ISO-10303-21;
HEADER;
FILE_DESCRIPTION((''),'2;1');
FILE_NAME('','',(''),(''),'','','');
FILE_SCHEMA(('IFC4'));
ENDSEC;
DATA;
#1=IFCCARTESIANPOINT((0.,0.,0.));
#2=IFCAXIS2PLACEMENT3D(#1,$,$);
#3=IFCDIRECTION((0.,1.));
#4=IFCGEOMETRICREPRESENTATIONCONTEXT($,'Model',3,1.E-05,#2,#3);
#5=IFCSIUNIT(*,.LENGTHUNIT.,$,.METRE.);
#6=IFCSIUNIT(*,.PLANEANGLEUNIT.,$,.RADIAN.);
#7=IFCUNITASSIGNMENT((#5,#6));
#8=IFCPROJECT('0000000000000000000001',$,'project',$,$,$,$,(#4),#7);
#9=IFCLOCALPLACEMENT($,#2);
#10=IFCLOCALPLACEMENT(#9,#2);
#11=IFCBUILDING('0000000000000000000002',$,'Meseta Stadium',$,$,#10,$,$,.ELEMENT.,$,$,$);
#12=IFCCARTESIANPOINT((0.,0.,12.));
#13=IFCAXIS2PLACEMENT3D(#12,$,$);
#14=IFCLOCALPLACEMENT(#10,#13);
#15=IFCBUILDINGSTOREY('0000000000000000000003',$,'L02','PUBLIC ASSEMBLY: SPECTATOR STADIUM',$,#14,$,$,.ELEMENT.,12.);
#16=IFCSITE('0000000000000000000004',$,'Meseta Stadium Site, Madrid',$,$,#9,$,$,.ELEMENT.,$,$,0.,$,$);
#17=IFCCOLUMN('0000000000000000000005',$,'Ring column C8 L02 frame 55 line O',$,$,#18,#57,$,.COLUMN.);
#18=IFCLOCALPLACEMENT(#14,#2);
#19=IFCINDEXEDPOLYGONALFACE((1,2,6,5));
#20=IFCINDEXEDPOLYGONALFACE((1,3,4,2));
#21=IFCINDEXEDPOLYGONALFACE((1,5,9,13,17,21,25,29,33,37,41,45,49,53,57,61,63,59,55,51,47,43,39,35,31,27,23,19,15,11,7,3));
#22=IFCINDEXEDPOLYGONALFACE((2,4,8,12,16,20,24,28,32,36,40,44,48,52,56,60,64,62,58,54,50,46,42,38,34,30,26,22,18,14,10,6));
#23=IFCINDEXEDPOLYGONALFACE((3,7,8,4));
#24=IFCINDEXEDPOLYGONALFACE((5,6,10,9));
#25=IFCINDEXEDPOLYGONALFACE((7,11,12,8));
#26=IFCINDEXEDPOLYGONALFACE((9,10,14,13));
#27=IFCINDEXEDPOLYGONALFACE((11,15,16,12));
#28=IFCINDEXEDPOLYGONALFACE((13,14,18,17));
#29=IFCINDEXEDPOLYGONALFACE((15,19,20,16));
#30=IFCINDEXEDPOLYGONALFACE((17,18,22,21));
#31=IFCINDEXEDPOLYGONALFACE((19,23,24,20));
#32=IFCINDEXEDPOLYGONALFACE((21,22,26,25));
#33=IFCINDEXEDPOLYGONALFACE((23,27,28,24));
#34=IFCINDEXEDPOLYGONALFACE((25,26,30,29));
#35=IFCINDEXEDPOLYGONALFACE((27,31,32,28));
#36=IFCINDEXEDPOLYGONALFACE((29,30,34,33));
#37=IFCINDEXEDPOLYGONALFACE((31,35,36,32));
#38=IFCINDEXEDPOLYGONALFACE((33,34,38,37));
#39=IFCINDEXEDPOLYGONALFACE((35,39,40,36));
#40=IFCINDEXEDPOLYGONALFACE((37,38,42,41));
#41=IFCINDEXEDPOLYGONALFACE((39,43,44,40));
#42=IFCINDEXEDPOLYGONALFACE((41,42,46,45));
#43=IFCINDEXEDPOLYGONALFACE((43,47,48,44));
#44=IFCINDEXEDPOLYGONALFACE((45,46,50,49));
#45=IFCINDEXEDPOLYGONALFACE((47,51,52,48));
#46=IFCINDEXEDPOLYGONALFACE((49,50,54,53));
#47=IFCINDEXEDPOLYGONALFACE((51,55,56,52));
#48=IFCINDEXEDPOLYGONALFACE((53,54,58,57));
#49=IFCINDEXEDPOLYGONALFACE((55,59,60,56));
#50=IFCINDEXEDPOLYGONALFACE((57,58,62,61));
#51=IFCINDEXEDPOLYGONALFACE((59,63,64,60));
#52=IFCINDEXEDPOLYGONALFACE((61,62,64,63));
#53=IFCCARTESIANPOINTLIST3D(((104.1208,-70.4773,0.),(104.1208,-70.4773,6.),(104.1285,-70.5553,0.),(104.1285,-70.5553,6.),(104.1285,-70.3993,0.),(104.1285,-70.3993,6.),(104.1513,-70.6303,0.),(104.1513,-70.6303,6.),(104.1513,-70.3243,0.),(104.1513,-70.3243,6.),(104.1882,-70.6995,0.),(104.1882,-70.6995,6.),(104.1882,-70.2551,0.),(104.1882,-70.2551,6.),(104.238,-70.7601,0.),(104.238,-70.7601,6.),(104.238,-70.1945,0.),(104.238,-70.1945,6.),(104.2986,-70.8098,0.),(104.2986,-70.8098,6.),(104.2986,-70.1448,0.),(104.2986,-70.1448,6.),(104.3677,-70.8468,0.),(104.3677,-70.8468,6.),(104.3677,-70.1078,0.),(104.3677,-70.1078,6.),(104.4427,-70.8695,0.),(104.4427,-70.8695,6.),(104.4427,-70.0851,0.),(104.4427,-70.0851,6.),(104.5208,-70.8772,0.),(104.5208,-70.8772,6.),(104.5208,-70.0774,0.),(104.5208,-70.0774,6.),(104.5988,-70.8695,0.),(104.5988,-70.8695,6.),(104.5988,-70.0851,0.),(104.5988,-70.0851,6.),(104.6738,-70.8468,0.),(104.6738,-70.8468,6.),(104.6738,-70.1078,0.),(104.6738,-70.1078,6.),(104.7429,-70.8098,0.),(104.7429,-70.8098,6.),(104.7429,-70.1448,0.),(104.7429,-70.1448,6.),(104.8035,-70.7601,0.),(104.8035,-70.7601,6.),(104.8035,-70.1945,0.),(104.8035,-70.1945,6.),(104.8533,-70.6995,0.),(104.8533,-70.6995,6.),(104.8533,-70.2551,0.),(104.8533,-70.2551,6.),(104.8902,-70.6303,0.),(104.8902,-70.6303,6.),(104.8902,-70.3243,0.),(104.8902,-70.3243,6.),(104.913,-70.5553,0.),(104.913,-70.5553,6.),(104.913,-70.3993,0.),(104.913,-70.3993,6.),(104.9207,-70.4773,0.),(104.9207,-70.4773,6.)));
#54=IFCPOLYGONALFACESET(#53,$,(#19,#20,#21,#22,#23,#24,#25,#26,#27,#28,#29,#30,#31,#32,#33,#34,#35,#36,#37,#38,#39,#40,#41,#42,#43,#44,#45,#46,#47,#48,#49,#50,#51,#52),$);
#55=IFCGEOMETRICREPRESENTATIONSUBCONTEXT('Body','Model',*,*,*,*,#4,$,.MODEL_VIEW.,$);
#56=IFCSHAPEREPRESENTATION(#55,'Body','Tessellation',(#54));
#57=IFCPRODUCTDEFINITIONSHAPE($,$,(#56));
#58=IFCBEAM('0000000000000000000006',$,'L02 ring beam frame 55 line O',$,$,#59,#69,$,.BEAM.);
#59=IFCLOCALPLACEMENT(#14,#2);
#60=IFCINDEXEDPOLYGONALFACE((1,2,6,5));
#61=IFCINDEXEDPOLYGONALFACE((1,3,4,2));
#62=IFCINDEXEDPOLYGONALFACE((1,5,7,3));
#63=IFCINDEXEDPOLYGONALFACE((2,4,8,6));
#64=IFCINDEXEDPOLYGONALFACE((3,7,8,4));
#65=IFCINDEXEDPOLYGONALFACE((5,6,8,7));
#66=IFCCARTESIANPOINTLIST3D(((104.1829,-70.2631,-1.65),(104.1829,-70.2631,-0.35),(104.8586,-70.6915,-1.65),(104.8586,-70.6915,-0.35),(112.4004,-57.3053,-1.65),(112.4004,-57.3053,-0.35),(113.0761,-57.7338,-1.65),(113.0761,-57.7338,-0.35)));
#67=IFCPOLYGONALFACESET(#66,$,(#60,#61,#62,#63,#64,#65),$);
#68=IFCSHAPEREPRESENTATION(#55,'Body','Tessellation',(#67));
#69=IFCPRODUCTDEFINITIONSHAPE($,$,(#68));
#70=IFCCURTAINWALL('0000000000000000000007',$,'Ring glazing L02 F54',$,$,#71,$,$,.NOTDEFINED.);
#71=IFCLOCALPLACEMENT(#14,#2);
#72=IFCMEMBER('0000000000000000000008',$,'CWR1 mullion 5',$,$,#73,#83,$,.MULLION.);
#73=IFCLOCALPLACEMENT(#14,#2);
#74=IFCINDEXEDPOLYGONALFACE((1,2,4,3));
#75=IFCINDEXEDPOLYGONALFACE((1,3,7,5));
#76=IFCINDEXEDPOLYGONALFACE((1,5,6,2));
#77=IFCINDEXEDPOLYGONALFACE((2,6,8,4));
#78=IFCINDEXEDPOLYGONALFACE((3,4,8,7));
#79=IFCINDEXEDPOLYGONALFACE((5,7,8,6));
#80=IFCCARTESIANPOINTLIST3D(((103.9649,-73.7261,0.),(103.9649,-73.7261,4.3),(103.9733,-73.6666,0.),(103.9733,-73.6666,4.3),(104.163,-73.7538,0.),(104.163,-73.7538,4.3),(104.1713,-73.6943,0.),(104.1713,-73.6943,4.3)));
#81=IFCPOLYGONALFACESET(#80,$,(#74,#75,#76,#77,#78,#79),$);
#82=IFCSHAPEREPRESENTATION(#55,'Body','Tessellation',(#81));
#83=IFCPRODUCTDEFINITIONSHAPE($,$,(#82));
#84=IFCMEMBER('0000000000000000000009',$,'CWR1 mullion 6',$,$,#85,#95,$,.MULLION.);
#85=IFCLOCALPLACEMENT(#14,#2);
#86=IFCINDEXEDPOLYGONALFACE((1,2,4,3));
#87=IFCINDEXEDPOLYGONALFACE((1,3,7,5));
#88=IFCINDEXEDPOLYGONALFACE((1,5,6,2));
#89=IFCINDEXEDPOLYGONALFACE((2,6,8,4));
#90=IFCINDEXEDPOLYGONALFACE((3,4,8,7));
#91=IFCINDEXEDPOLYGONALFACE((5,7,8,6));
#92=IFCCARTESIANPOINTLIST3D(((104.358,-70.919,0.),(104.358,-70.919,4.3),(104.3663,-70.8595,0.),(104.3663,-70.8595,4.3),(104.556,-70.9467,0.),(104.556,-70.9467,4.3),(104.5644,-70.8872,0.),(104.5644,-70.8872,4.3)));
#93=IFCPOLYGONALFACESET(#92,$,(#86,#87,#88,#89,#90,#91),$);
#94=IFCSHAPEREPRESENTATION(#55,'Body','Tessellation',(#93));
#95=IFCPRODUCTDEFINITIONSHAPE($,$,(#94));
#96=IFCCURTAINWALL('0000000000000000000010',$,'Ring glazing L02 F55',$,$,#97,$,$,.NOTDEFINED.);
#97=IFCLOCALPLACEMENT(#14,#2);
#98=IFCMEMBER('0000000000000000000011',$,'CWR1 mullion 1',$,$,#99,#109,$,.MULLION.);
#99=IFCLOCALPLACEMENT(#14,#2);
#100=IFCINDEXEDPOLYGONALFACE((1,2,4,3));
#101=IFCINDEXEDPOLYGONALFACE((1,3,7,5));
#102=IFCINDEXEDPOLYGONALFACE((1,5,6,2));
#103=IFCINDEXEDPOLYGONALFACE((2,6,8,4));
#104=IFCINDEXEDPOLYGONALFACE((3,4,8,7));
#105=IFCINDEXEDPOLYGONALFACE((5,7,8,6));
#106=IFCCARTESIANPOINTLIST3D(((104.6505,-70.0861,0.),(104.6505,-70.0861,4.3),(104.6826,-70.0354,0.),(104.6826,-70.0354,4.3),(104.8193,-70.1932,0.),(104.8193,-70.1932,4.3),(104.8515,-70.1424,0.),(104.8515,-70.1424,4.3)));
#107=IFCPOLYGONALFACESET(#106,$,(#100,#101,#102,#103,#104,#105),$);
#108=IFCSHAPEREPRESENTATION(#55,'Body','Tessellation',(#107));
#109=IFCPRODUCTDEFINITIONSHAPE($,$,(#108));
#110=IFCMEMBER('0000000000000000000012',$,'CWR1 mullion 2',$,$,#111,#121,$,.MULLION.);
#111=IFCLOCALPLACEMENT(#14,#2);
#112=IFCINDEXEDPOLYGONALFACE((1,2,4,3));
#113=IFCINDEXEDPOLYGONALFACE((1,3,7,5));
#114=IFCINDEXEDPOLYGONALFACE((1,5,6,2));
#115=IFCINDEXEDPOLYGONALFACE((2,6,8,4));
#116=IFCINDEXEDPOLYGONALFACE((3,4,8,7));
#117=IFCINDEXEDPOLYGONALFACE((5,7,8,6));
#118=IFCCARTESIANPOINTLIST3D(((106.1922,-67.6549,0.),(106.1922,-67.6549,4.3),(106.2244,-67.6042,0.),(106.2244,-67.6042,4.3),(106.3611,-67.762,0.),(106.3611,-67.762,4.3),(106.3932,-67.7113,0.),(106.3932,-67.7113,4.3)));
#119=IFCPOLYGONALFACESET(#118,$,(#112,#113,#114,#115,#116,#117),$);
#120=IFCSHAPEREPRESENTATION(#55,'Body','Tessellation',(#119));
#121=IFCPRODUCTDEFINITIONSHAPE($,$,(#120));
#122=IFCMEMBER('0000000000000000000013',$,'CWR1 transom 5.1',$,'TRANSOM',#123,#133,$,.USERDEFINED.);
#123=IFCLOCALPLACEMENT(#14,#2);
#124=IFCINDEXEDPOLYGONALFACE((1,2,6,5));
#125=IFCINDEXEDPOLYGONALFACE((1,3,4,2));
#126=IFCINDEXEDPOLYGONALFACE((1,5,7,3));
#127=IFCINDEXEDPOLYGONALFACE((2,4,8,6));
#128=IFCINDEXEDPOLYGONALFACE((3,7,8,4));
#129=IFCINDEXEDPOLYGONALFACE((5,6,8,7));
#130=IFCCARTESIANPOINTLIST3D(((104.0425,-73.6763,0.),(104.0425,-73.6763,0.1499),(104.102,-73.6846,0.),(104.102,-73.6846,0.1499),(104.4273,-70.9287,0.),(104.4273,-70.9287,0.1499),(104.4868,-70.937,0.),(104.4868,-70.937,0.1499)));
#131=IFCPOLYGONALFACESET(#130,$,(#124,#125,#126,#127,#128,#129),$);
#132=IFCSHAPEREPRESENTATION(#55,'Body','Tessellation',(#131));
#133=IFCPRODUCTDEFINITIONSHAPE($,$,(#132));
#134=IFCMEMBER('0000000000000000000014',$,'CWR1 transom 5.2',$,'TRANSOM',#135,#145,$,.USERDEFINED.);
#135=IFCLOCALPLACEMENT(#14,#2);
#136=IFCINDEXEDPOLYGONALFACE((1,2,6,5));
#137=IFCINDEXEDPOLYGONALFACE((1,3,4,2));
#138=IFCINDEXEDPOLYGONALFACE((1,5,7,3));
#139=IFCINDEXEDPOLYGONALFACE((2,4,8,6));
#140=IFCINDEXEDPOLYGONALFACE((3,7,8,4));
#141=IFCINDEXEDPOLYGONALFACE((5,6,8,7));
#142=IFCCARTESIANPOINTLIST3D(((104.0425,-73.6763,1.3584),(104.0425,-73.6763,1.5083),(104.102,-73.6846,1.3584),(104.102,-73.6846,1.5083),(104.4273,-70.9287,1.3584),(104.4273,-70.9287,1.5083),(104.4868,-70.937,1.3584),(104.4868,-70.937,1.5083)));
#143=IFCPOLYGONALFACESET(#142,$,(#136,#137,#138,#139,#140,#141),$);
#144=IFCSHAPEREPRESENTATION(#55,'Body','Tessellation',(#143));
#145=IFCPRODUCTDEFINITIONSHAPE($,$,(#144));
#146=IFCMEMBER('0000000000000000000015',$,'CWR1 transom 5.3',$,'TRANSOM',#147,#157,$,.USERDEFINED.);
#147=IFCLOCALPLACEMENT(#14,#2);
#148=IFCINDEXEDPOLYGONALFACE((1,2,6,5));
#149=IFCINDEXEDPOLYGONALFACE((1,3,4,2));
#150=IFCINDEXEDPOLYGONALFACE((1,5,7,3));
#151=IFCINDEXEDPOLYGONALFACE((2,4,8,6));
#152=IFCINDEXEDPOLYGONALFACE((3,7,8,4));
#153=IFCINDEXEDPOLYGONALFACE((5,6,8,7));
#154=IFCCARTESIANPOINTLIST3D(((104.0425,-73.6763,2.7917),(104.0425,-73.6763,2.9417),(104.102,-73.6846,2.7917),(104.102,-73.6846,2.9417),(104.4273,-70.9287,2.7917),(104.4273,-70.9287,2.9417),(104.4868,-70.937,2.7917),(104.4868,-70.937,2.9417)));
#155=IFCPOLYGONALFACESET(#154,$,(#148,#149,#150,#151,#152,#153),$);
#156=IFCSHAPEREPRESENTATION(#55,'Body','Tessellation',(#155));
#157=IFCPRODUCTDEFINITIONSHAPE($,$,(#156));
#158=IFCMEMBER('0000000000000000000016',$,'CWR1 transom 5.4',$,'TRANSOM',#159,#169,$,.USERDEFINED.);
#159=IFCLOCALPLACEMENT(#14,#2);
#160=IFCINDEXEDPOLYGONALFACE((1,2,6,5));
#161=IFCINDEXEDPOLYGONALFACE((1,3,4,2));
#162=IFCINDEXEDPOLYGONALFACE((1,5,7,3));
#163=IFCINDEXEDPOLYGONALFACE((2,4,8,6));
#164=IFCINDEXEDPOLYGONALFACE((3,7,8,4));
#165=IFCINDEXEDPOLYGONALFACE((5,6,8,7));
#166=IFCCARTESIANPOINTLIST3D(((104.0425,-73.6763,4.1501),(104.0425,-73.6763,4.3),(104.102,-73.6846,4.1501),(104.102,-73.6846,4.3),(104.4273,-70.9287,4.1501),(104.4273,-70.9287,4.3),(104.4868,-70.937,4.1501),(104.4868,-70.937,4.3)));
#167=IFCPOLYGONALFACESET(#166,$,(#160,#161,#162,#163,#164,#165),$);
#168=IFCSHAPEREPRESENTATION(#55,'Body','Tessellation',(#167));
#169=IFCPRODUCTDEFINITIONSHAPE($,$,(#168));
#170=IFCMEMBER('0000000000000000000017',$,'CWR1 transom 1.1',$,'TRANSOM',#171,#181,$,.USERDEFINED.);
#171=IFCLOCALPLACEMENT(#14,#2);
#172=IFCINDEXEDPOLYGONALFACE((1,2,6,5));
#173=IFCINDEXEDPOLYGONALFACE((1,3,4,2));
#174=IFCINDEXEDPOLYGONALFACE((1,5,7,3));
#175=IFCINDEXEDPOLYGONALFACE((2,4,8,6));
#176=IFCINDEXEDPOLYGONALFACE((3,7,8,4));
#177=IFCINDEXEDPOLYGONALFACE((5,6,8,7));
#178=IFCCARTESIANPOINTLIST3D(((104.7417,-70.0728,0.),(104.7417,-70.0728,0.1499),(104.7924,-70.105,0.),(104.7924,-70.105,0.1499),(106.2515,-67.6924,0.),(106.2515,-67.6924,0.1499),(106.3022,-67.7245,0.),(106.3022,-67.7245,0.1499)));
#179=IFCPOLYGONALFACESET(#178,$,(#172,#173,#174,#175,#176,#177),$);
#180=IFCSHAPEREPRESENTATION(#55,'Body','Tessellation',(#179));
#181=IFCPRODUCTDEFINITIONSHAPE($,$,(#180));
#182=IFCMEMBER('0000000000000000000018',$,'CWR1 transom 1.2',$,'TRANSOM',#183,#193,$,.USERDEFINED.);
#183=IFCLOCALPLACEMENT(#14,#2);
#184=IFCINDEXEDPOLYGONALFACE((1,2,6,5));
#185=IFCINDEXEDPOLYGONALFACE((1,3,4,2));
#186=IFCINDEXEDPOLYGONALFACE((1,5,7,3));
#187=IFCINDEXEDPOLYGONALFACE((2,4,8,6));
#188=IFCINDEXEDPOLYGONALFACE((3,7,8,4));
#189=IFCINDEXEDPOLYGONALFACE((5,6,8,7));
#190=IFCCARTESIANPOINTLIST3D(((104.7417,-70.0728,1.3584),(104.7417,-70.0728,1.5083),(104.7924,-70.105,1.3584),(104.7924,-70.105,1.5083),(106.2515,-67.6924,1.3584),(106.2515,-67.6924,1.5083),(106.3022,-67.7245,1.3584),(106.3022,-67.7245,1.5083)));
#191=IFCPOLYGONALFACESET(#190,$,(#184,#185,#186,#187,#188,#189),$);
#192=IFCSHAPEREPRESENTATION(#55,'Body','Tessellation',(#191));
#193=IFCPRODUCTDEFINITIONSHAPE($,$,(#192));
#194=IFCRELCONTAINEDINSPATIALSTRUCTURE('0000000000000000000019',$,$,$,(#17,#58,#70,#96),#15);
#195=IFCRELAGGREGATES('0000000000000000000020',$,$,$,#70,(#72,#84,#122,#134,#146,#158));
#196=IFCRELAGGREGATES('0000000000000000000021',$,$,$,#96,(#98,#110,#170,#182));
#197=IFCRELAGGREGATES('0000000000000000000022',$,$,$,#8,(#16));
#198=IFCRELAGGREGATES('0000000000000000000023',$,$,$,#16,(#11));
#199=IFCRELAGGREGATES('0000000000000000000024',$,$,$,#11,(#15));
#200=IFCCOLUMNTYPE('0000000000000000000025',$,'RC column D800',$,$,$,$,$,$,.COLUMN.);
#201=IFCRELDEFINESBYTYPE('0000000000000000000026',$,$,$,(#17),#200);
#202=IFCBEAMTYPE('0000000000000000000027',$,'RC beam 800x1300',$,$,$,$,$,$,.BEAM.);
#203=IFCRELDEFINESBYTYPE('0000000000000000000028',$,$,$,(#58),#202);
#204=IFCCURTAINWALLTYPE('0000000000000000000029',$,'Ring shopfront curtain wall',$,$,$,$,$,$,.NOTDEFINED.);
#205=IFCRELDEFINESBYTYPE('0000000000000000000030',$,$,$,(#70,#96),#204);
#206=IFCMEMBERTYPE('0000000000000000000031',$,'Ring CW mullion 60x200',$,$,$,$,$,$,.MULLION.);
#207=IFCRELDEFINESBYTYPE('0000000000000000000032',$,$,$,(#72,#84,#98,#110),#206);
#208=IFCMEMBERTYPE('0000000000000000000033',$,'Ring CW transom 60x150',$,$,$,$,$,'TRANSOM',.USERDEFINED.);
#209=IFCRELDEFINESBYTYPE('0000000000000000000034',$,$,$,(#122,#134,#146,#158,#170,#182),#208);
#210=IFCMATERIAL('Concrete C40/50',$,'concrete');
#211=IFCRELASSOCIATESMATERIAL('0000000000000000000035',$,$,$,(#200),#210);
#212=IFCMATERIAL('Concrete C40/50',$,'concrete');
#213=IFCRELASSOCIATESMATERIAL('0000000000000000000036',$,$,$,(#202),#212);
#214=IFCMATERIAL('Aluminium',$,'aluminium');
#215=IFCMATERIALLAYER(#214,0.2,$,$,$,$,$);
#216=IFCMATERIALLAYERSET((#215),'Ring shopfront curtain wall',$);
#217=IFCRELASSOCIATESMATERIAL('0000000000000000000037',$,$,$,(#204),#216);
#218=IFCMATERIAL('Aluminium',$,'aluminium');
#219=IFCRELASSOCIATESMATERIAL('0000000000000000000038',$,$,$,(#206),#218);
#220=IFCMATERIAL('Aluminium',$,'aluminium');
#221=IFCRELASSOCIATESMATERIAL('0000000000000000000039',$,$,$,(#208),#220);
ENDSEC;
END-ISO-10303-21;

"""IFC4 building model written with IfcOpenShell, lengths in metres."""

from ifc_helpers import new_model, si_unit, direction, frame, origin, origin_2d, place, context, subcontext, project, spatial, rectangle, circle, extrude, material, layer, layer_set, material_profile, profile_set, type_object, element, aggregate, save


model = new_model("IFC4")

# Units and contexts
model_context = context("Model", 3, precision=1e-05, world=origin(), true_north=direction((0.0, 1.0)))
body_context = subcontext(model_context, "Body", "Model", "MODEL_VIEW")
ifc_project = project(units=[si_unit("LENGTHUNIT", "METRE"), si_unit("PLANEANGLEUNIT", "RADIAN")], contexts=[model_context])

# Site, building, storey
site_placement = place(None, origin())
site = spatial("IfcSite", under=ifc_project, at=site_placement, Name="Meseta Stadium Site, Madrid", CompositionType="ELEMENT", RefElevation=0.0)
building_placement = place(site_placement, origin())
building = spatial("IfcBuilding", under=site, at=building_placement, Name="Meseta Stadium", CompositionType="ELEMENT")
storey_placement = place(building_placement, frame((0.0, 0.0, 12.0)))
storey = spatial("IfcBuildingStorey", under=building, at=storey_placement, Name="L02", Description="PUBLIC ASSEMBLY: SPECTATOR STADIUM", CompositionType="ELEMENT", Elevation=12.0)

# Column
ifc_material_1 = material(Name="Concrete C40/50", Category="concrete")
ifc_material_profile_1 = material_profile(ifc_material_1, circle(Radius=0.3999, at=origin_2d()), Name="RC D800")
ifc_profile_set_1 = profile_set([ifc_material_profile_1], Name="Concrete C40/50")
column_type = type_object("IfcColumnType", Name="RC column D800", PredefinedType="COLUMN", material=ifc_profile_set_1)
column_placement = place(storey_placement, frame((104.5208, -70.4773, 0.0), z_axis=(0.0, 0.0, 1.0), x_axis=(1.0, 0.0, 0.0)))
element("IfcColumn", 1, at=column_placement, inside=storey, type_object=column_type, Name="Ring column C8 L02 frame 55 line O", PredefinedType="COLUMN", context=body_context, shape_type="SweptSolid", body=[
    extrude(circle(Radius=0.3999, at=origin_2d()), origin(), (0.0, 0.0, 1.0), 6.0),
])

# Beam
ifc_material_2 = material(Name="Concrete C40/50", Category="concrete")
ifc_material_profile_2 = material_profile(ifc_material_2, rectangle(XDim=0.8, YDim=1.3, at=origin_2d()), Name="RC 800x1300")
ifc_profile_set_2 = profile_set([ifc_material_profile_2], Name="Concrete C40/50")
beam_type = type_object("IfcBeamType", Name="RC beam 800x1300", PredefinedType="BEAM", material=ifc_profile_set_2)
beam_placement = place(storey_placement, frame((104.5208, -70.4773, -1.0), z_axis=(0.535561, 0.844496, 0.0), x_axis=(-0.844496, 0.535561, 0.0)))
element("IfcBeam", 2, at=beam_placement, inside=storey, type_object=beam_type, Name="L02 ring beam frame 55 line O", PredefinedType="BEAM", context=body_context, shape_type="SweptSolid", body=[
    extrude(rectangle(XDim=0.8, YDim=1.3, at=origin_2d()), origin(), (0.0, 0.0, 1.0), 15.3438),
])

# Curtain walls, members
ifc_material_3 = material(Name="Aluminium", Category="aluminium")
ifc_layer_1 = layer(ifc_material_3, 0.2)
ifc_layer_set_1 = layer_set([ifc_layer_1], Name="Ring shopfront curtain wall")
curtain_wall_type = type_object("IfcCurtainWallType", Name="Ring shopfront curtain wall", PredefinedType="NOTDEFINED", material=ifc_layer_set_1)
curtain_wall_1_placement = place(storey_placement, origin())
curtain_wall_1 = element("IfcCurtainWall", 3, at=curtain_wall_1_placement, inside=storey, type_object=curtain_wall_type, Name="Ring glazing L02 F54", PredefinedType="NOTDEFINED")
ifc_material_4 = material(Name="Aluminium", Category="aluminium")
ifc_material_profile_3 = material_profile(ifc_material_4, rectangle(XDim=0.2, YDim=0.0601, at=origin_2d()), Name="CW 200x60")
ifc_profile_set_3 = profile_set([ifc_material_profile_3], Name="Aluminium")
member_type_1 = type_object("IfcMemberType", Name="Ring CW mullion 60x200", PredefinedType="MULLION", material=ifc_profile_set_3)
member_1_placement = place(storey_placement, frame((104.0681, -73.7102, 0.0), z_axis=(0.0, 0.0, 1.0), x_axis=(-0.990342, 0.138643, 0.0)))
member_1 = element("IfcMember", 4, at=member_1_placement, type_object=member_type_1, Name="CWR1 mullion 5", PredefinedType="MULLION", context=body_context, shape_type="SweptSolid", body=[
    extrude(rectangle(XDim=0.2, YDim=0.0601, at=origin_2d()), origin(), (0.0, 0.0, 1.0), 4.3),
])
member_2_placement = place(storey_placement, frame((104.4612, -70.9031, 0.0), z_axis=(0.0, 0.0, 1.0), x_axis=(-0.990342, 0.138643, 0.0)))
member_2 = element("IfcMember", 5, at=member_2_placement, type_object=member_type_1, Name="CWR1 mullion 6", PredefinedType="MULLION", context=body_context, shape_type="SweptSolid", body=[
    extrude(rectangle(XDim=0.2, YDim=0.0601, at=origin_2d()), origin(), (0.0, 0.0, 1.0), 4.3),
])
curtain_wall_2_placement = place(storey_placement, origin())
curtain_wall_2 = element("IfcCurtainWall", 6, at=curtain_wall_2_placement, inside=storey, type_object=curtain_wall_type, Name="Ring glazing L02 F55", PredefinedType="NOTDEFINED")
member_3_placement = place(storey_placement, frame((104.751, -70.1143, 0.0), z_axis=(0.0, 0.0, 1.0), x_axis=(-0.844491, 0.535569, 0.0)))
member_3 = element("IfcMember", 7, at=member_3_placement, type_object=member_type_1, Name="CWR1 mullion 1", PredefinedType="MULLION", context=body_context, shape_type="SweptSolid", body=[
    extrude(rectangle(XDim=0.2, YDim=0.0601, at=origin_2d()), origin(), (0.0, 0.0, 1.0), 4.3),
])
member_4_placement = place(storey_placement, frame((106.2927, -67.6831, 0.0), z_axis=(0.0, 0.0, 1.0), x_axis=(-0.844491, 0.535569, 0.0)))
member_4 = element("IfcMember", 8, at=member_4_placement, type_object=member_type_1, Name="CWR1 mullion 2", PredefinedType="MULLION", context=body_context, shape_type="SweptSolid", body=[
    extrude(rectangle(XDim=0.2, YDim=0.0601, at=origin_2d()), origin(), (0.0, 0.0, 1.0), 4.3),
])

# Members
ifc_material_5 = material(Name="Aluminium", Category="aluminium")
ifc_material_profile_4 = material_profile(ifc_material_5, rectangle(XDim=0.0601, YDim=0.1499, at=origin_2d()), Name="CW 60x150")
ifc_profile_set_4 = profile_set([ifc_material_profile_4], Name="Aluminium")
member_type_2 = type_object("IfcMemberType", Name="Ring CW transom 60x150", ElementType="TRANSOM", PredefinedType="USERDEFINED", material=ifc_profile_set_4)
member_5_placement = place(storey_placement, frame((104.0723, -73.6804, 0.075), z_axis=(0.138686, 0.990336, 0.0), x_axis=(-0.990336, 0.138686, 0.0)))
member_5 = element("IfcMember", 9, at=member_5_placement, type_object=member_type_2, Name="CWR1 transom 5.1", ObjectType="TRANSOM", PredefinedType="USERDEFINED", context=body_context, shape_type="SweptSolid", body=[
    extrude(rectangle(XDim=0.0601, YDim=0.1499, at=origin_2d()), origin(), (0.0, 0.0, 1.0), 2.7744),
])
member_6_placement = place(storey_placement, frame((104.0723, -73.6804, 1.4333), z_axis=(0.138686, 0.990336, 0.0), x_axis=(-0.990336, 0.138686, 0.0)))
member_6 = element("IfcMember", 10, at=member_6_placement, type_object=member_type_2, Name="CWR1 transom 5.2", ObjectType="TRANSOM", PredefinedType="USERDEFINED", context=body_context, shape_type="SweptSolid", body=[
    extrude(rectangle(XDim=0.0601, YDim=0.1499, at=origin_2d()), origin(), (0.0, 0.0, 1.0), 2.7744),
])
member_7_placement = place(storey_placement, frame((104.0723, -73.6804, 2.8667), z_axis=(0.138686, 0.990336, 0.0), x_axis=(-0.990336, 0.138686, 0.0)))
member_7 = element("IfcMember", 11, at=member_7_placement, type_object=member_type_2, Name="CWR1 transom 5.3", ObjectType="TRANSOM", PredefinedType="USERDEFINED", context=body_context, shape_type="SweptSolid", body=[
    extrude(rectangle(XDim=0.0601, YDim=0.1499, at=origin_2d()), origin(), (0.0, 0.0, 1.0), 2.7744),
])
member_8_placement = place(storey_placement, frame((104.0723, -73.6804, 4.2251), z_axis=(0.138686, 0.990336, 0.0), x_axis=(-0.990336, 0.138686, 0.0)))
member_8 = element("IfcMember", 12, at=member_8_placement, type_object=member_type_2, Name="CWR1 transom 5.4", ObjectType="TRANSOM", PredefinedType="USERDEFINED", context=body_context, shape_type="SweptSolid", body=[
    extrude(rectangle(XDim=0.0601, YDim=0.1499, at=origin_2d()), origin(), (0.0, 0.0, 1.0), 2.7744),
])
member_9_placement = place(storey_placement, frame((104.7671, -70.0889, 0.075), z_axis=(0.535608, 0.844467, 0.0), x_axis=(-0.844467, 0.535608, 0.0)))
member_9 = element("IfcMember", 13, at=member_9_placement, type_object=member_type_2, Name="CWR1 transom 1.1", ObjectType="TRANSOM", PredefinedType="USERDEFINED", context=body_context, shape_type="SweptSolid", body=[
    extrude(rectangle(XDim=0.0601, YDim=0.1499, at=origin_2d()), origin(), (0.0, 0.0, 1.0), 2.8188),
])
member_10_placement = place(storey_placement, frame((104.7671, -70.0889, 1.4333), z_axis=(0.535608, 0.844467, 0.0), x_axis=(-0.844467, 0.535608, 0.0)))
member_10 = element("IfcMember", 14, at=member_10_placement, type_object=member_type_2, Name="CWR1 transom 1.2", ObjectType="TRANSOM", PredefinedType="USERDEFINED", context=body_context, shape_type="SweptSolid", body=[
    extrude(rectangle(XDim=0.0601, YDim=0.1499, at=origin_2d()), origin(), (0.0, 0.0, 1.0), 2.8188),
])

aggregate(curtain_wall_1, [member_1, member_2, member_5, member_6, member_7, member_8])
aggregate(curtain_wall_2, [member_3, member_4, member_9, member_10])

save(model, "model.ifc")
